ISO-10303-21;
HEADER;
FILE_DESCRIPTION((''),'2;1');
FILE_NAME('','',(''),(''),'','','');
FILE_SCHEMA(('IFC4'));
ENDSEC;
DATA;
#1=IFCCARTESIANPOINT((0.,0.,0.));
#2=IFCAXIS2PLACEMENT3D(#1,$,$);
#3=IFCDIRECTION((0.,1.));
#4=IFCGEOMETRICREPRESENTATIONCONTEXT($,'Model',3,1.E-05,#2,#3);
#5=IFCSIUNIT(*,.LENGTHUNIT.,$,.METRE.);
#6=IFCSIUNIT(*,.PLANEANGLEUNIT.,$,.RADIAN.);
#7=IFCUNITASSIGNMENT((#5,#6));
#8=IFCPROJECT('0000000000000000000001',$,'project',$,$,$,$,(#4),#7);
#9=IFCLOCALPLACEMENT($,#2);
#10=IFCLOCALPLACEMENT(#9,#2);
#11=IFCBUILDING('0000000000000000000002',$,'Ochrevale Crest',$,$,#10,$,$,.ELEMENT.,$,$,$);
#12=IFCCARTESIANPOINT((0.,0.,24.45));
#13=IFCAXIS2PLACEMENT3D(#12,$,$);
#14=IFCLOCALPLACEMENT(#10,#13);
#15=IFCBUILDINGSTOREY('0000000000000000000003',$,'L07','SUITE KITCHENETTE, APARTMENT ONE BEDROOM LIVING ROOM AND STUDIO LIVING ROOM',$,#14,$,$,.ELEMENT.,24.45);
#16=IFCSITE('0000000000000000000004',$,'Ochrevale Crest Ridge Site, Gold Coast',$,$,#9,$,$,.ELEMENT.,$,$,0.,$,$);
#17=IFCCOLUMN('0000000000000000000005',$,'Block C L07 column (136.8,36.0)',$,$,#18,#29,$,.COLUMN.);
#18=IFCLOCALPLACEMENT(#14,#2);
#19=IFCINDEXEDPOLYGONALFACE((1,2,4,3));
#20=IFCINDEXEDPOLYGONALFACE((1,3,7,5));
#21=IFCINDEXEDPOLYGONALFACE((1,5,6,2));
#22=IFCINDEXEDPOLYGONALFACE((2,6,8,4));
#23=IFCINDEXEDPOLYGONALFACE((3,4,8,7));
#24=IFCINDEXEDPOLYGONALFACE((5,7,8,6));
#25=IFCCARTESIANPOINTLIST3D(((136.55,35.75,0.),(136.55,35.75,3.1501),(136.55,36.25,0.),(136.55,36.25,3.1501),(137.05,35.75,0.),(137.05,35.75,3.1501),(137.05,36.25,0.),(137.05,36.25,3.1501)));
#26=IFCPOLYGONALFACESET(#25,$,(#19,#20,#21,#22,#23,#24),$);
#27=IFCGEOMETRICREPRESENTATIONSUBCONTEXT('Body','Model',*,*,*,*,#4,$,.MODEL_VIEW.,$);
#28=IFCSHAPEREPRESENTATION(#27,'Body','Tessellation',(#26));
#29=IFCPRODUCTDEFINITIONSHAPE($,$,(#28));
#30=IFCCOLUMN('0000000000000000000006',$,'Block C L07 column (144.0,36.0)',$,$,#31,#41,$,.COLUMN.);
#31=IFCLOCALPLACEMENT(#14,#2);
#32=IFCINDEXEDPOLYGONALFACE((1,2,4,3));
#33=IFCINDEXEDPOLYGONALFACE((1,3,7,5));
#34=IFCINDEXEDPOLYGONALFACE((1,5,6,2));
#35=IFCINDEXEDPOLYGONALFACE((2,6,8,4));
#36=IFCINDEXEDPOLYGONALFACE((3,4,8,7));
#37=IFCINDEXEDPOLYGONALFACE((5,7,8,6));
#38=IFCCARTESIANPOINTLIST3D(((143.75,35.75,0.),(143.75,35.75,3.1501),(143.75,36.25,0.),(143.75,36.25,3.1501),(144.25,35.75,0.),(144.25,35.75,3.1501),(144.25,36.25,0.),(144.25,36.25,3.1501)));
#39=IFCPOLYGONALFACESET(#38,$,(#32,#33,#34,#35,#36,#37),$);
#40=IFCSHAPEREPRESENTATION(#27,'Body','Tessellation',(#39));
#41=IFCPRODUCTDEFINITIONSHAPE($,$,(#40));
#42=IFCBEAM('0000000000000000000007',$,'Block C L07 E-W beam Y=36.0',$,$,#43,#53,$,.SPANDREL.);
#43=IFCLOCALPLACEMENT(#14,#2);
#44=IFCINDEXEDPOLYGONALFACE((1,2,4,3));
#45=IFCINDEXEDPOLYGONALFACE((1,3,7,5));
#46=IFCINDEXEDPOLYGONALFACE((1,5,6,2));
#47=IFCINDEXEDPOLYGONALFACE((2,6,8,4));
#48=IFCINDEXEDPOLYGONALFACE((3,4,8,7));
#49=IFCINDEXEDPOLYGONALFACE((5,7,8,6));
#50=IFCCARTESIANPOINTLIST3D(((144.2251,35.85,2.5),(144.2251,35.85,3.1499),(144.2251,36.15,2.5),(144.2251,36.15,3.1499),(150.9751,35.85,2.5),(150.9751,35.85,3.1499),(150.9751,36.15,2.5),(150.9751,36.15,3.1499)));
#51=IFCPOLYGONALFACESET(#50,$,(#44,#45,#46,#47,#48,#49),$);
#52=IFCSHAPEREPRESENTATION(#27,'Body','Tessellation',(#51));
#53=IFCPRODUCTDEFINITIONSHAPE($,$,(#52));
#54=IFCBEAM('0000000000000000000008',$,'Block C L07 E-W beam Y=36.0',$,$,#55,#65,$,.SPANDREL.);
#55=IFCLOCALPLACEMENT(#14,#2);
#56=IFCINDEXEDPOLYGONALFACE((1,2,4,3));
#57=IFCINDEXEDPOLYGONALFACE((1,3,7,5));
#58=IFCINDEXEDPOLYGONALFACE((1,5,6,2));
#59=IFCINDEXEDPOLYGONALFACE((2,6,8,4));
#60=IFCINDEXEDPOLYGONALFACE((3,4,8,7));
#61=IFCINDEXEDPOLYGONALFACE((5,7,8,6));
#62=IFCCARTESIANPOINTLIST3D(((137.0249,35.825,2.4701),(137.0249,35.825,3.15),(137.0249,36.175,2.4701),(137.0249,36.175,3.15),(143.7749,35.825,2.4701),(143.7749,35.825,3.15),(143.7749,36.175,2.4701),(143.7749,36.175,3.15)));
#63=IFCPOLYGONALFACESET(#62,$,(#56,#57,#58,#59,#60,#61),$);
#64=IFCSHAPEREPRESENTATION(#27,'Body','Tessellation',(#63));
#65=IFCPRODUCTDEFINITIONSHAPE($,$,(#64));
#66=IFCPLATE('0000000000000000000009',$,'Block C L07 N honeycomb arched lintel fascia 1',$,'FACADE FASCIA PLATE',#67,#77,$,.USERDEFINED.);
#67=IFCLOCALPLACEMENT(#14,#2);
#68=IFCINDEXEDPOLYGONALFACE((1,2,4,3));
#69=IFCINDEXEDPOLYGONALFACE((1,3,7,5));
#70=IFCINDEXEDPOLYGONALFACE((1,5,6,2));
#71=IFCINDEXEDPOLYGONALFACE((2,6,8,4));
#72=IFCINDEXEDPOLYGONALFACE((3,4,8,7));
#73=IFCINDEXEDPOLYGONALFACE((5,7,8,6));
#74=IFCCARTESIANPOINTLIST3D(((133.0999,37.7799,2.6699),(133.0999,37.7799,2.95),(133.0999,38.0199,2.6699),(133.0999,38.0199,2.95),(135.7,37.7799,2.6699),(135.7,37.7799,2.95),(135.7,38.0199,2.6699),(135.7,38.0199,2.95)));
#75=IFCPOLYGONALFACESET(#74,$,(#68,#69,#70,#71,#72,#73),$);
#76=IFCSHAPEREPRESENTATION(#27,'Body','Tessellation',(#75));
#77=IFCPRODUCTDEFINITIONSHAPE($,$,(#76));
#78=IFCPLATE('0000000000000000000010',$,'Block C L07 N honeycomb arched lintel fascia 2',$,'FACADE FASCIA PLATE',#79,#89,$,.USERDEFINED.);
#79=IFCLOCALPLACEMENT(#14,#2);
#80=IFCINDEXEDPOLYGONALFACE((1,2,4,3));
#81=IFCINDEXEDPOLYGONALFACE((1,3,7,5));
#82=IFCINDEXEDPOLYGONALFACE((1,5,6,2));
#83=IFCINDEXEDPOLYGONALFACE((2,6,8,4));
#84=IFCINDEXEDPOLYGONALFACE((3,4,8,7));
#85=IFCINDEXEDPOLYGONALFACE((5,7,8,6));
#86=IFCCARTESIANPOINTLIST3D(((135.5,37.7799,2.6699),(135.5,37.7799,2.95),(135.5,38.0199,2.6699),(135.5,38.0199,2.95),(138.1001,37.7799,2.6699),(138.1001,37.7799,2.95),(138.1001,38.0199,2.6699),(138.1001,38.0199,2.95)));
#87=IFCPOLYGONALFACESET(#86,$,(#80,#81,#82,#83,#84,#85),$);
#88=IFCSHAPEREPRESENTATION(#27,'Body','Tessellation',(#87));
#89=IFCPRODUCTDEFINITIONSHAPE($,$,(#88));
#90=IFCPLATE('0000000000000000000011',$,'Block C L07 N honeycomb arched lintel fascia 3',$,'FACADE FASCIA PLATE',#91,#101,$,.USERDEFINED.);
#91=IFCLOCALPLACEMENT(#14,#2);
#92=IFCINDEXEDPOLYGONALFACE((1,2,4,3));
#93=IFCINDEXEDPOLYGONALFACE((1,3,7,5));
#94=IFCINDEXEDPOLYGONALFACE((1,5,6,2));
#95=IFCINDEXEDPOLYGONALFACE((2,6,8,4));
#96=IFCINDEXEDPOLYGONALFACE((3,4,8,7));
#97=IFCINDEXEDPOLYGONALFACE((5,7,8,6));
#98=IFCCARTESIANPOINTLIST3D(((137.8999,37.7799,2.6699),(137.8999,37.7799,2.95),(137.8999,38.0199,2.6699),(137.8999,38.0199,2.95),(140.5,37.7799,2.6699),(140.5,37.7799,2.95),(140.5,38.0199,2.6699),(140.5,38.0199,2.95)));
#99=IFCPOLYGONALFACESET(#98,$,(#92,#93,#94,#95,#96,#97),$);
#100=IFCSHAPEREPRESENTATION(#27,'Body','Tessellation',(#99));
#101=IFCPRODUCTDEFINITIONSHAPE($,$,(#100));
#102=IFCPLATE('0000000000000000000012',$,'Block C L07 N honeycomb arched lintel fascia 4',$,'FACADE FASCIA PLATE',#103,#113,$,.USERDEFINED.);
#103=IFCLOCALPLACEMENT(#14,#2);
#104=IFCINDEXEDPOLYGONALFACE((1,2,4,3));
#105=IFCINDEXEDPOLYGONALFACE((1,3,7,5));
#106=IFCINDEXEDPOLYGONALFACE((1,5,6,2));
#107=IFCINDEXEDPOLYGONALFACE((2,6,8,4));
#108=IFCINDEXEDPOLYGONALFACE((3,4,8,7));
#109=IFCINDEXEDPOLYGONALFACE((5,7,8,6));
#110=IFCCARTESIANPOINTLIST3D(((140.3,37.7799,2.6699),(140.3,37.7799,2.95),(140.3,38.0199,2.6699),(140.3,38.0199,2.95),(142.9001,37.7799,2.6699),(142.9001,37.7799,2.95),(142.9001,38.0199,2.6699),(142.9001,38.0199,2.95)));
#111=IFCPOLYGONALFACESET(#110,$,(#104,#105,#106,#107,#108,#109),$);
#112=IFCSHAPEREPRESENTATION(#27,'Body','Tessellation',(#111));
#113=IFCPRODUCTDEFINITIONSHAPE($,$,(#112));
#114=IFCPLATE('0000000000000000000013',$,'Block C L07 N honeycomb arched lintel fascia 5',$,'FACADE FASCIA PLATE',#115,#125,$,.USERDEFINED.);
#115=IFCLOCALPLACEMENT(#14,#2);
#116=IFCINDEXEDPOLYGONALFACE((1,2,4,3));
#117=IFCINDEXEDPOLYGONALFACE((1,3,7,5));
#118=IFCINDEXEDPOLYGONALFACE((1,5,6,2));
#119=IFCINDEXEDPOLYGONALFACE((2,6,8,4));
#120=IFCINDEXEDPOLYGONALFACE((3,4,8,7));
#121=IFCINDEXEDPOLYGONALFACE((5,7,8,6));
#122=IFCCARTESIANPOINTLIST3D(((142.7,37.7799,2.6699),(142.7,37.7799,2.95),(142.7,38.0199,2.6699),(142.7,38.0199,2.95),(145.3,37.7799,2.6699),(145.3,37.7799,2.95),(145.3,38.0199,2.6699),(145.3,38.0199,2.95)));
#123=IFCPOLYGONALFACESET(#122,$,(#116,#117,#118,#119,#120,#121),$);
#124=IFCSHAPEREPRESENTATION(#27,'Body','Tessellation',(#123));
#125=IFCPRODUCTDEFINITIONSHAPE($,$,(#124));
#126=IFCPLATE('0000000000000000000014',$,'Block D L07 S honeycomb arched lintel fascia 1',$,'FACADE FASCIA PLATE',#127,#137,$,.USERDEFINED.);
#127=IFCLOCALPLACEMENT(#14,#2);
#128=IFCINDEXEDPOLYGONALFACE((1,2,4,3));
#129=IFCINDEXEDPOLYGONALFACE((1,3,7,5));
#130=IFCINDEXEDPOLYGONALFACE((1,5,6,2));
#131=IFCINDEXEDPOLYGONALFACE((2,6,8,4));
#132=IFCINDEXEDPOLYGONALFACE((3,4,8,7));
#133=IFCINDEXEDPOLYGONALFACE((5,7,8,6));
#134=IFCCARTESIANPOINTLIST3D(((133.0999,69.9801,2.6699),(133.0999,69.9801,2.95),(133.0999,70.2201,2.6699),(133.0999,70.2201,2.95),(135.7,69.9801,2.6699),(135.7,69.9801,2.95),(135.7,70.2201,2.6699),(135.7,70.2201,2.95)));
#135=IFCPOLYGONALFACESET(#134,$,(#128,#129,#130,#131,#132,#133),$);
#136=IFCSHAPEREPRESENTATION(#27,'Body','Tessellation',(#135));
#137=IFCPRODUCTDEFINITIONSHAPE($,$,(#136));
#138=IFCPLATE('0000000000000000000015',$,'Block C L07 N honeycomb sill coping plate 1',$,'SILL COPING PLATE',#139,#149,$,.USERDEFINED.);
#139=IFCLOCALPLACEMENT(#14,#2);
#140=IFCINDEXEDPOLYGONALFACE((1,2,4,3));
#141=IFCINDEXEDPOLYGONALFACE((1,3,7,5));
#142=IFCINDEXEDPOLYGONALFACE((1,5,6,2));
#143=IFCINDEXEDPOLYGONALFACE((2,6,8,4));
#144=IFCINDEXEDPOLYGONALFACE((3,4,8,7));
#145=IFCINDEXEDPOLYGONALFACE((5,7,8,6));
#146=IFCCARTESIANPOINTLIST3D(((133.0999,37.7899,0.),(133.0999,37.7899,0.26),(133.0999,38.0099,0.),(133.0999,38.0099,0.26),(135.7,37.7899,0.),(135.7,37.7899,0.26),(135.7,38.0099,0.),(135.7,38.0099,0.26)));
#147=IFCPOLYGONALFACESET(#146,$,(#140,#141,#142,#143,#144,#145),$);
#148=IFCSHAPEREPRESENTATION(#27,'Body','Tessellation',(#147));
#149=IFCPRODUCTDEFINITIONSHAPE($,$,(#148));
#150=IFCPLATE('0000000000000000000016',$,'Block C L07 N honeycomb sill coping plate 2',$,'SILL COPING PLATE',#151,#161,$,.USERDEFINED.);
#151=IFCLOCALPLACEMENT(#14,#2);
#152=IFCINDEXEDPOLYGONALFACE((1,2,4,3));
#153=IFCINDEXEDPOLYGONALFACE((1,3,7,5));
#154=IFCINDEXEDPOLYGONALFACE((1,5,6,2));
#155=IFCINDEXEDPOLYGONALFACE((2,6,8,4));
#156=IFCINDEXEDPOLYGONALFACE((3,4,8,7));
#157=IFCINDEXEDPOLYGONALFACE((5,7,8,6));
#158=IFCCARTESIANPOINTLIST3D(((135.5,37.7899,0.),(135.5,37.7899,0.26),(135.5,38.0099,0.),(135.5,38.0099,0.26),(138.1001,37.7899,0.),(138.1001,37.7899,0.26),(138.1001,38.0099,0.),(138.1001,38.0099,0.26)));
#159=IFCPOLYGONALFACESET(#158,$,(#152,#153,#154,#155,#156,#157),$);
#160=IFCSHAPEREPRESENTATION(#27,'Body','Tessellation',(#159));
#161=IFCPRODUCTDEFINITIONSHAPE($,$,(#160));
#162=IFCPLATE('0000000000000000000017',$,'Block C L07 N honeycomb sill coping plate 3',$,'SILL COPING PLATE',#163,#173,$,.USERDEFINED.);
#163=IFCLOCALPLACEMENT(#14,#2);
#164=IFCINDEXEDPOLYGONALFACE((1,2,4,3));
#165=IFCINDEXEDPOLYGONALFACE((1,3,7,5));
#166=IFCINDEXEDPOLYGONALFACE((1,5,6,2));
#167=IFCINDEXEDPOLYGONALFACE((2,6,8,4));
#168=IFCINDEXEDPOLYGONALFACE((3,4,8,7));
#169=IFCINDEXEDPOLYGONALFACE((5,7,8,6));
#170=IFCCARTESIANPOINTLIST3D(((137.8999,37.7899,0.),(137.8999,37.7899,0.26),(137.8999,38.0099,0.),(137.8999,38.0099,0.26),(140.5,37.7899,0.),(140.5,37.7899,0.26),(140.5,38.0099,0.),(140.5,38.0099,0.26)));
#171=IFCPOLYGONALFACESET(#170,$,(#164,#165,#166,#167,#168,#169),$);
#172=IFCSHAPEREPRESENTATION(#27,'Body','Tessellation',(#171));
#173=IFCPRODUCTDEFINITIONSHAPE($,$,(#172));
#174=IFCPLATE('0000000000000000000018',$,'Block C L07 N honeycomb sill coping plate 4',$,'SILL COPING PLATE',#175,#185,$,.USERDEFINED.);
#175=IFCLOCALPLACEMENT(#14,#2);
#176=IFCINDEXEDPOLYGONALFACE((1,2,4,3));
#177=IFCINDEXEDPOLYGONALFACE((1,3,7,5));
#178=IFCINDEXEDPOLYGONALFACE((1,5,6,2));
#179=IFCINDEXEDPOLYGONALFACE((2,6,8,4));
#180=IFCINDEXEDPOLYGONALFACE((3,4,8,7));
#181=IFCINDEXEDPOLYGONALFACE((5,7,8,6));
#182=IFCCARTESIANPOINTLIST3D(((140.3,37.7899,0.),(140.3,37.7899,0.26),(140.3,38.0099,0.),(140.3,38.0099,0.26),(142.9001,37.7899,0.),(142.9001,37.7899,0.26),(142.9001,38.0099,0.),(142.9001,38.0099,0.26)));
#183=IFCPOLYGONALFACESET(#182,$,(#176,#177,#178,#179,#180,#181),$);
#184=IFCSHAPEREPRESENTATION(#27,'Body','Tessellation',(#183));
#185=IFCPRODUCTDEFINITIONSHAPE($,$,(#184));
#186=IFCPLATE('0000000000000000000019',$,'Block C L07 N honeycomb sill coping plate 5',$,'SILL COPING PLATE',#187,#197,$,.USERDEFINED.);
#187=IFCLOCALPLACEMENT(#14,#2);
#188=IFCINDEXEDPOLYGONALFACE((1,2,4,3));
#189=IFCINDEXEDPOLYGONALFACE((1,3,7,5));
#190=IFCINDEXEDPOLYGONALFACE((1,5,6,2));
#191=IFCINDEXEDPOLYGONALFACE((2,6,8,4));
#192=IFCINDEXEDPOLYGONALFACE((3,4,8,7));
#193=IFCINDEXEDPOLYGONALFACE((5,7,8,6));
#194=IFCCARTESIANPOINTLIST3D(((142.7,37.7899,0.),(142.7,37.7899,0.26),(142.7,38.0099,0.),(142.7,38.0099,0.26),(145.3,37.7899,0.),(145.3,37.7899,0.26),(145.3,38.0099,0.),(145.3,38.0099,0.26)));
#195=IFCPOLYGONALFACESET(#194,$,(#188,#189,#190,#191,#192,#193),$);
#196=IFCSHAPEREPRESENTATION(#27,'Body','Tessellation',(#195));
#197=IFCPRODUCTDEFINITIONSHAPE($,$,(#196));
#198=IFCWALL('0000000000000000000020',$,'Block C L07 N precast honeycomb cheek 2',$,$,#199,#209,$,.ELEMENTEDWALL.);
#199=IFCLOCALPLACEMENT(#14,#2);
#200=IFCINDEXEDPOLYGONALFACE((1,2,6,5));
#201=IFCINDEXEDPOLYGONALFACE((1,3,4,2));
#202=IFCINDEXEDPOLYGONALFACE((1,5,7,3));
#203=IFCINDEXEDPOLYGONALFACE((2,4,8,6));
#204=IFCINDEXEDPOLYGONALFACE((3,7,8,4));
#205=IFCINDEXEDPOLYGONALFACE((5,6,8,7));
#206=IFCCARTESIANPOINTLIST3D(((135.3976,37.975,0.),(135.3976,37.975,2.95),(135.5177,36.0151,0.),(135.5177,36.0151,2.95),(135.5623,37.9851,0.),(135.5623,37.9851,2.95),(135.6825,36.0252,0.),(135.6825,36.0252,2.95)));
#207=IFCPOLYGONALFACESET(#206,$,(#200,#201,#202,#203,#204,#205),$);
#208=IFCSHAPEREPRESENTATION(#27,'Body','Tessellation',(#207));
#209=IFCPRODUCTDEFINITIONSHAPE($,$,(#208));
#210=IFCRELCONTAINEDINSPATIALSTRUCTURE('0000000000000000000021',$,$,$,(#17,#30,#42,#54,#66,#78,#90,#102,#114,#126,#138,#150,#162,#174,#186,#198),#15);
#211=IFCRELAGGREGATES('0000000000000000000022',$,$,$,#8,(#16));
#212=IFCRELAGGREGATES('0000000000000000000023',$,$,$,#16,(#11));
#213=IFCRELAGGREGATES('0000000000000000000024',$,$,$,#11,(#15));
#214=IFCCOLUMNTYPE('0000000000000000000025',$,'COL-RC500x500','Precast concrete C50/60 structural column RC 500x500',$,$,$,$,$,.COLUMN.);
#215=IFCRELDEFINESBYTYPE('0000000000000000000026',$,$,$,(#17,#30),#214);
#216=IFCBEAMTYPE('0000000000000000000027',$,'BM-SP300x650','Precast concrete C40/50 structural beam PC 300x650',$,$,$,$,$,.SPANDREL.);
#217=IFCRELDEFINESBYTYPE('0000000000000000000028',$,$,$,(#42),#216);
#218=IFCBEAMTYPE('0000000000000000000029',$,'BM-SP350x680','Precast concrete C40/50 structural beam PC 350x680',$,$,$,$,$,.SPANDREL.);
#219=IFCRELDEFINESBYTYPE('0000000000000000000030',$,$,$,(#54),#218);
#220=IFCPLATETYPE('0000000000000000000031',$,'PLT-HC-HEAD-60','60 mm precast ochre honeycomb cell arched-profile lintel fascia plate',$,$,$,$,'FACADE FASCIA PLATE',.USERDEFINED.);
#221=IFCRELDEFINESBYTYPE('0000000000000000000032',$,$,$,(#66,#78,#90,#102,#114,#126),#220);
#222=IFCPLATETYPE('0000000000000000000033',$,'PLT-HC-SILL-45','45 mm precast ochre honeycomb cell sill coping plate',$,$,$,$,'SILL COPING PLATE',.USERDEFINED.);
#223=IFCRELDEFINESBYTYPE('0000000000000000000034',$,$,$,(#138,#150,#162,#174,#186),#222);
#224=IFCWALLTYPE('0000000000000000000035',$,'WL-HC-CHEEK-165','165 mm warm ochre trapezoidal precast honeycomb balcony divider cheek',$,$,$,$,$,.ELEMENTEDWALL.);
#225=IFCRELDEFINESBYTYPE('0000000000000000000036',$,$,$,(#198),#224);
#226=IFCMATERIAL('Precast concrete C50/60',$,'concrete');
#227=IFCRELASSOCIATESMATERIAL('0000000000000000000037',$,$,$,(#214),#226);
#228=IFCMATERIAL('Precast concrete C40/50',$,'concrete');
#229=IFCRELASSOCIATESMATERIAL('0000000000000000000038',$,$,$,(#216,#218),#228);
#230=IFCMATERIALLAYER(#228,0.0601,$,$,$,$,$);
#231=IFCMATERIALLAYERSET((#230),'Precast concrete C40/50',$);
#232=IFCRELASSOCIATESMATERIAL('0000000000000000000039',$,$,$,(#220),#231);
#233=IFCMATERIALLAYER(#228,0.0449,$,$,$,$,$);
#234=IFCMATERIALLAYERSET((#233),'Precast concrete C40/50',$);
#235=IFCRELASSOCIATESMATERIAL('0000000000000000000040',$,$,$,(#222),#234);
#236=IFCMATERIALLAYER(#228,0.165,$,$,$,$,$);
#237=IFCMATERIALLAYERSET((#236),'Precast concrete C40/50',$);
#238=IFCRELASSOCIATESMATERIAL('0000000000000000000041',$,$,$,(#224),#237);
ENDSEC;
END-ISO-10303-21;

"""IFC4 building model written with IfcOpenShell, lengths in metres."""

from ifc_helpers import new_model, si_unit, direction, frame, frame_2d, origin, origin_2d, place, context, subcontext, project, spatial, rectangle, extrude, material, layer, layer_set, material_profile, profile_set, type_object, element, save


model = new_model("IFC4")

# Units and contexts
model_context = context("Model", 3, precision=1e-05, world=origin(), true_north=direction((0.0, 1.0)))
body_context = subcontext(model_context, "Body", "Model", "MODEL_VIEW")
ifc_project = project(units=[si_unit("LENGTHUNIT", "METRE"), si_unit("PLANEANGLEUNIT", "RADIAN")], contexts=[model_context])

# Site, building, storey
site_placement = place(None, origin())
site = spatial("IfcSite", under=ifc_project, at=site_placement, Name="Ochrevale Crest Ridge Site, Gold Coast", CompositionType="ELEMENT", RefElevation=0.0)
building_placement = place(site_placement, origin())
building = spatial("IfcBuilding", under=site, at=building_placement, Name="Ochrevale Crest", CompositionType="ELEMENT")
storey_placement = place(building_placement, frame((0.0, 0.0, 24.45)))
storey = spatial("IfcBuildingStorey", under=building, at=storey_placement, Name="L07", Description="SUITE KITCHENETTE, APARTMENT ONE BEDROOM LIVING ROOM AND STUDIO LIVING ROOM", CompositionType="ELEMENT", Elevation=24.45)

# Columns
ifc_material_1 = material(Name="Precast concrete C50/60", Category="concrete")
ifc_material_profile_1 = material_profile(ifc_material_1, rectangle(XDim=0.5, YDim=0.5, at=origin_2d()), Name="RC 500x500")
ifc_profile_set_1 = profile_set([ifc_material_profile_1], Name="Precast concrete C50/60")
column_type = type_object("IfcColumnType", Name="COL-RC500x500", Description="Precast concrete C50/60 structural column RC 500x500", PredefinedType="COLUMN", material=ifc_profile_set_1)
for number, where, z_axis, x_axis, name in (
    (1, (136.8, 36.0, 0.0), (0.0, 0.0, 1.0), (1.0, 0.0, 0.0), "Block C L07 column (136.8,36.0)"),
    (2, (144.0, 36.0, 0.0), (0.0, 0.0, 1.0), (1.0, 0.0, 0.0), "Block C L07 column (144.0,36.0)"),
):
    element("IfcColumn", number, at=place(storey_placement, frame(where, z_axis=z_axis, x_axis=x_axis)), inside=storey, type_object=column_type, Name=name, PredefinedType="COLUMN", context=body_context, shape_type="SweptSolid", body=[
        extrude(rectangle(XDim=0.5, YDim=0.5, at=origin_2d()), origin(), (0.0, 0.0, 1.0), 3.1501),
    ])

# Beams
ifc_material_2 = material(Name="Precast concrete C40/50", Category="concrete")
ifc_material_profile_2 = material_profile(ifc_material_2, rectangle(XDim=0.3, YDim=0.6499, at=origin_2d()), Name="PC 300x650")
ifc_profile_set_2 = profile_set([ifc_material_profile_2], Name="Precast concrete C40/50")
beam_type_1 = type_object("IfcBeamType", Name="BM-SP300x650", Description="Precast concrete C40/50 structural beam PC 300x650", PredefinedType="SPANDREL", material=ifc_profile_set_2)
beam_1_placement = place(storey_placement, frame((144.2251, 36.0, 2.825), z_axis=(1.0, 0.0, 0.0), x_axis=(0.0, 1.0, 0.0)))
element("IfcBeam", 3, at=beam_1_placement, inside=storey, type_object=beam_type_1, Name="Block C L07 E-W beam Y=36.0", PredefinedType="SPANDREL", context=body_context, shape_type="SweptSolid", body=[
    extrude(rectangle(XDim=0.3, YDim=0.6499, at=origin_2d()), origin(), (0.0, 0.0, 1.0), 6.75),
])
ifc_material_profile_3 = material_profile(ifc_material_2, rectangle(XDim=0.3501, YDim=0.6799, at=origin_2d()), Name="PC 350x680")
ifc_profile_set_3 = profile_set([ifc_material_profile_3], Name="Precast concrete C40/50")
beam_type_2 = type_object("IfcBeamType", Name="BM-SP350x680", Description="Precast concrete C40/50 structural beam PC 350x680", PredefinedType="SPANDREL", material=ifc_profile_set_3)
beam_2_placement = place(storey_placement, frame((137.0249, 36.0, 2.8101), z_axis=(1.0, 0.0, 0.0), x_axis=(0.0, 1.0, 0.0)))
element("IfcBeam", 4, at=beam_2_placement, inside=storey, type_object=beam_type_2, Name="Block C L07 E-W beam Y=36.0", PredefinedType="SPANDREL", context=body_context, shape_type="SweptSolid", body=[
    extrude(rectangle(XDim=0.3501, YDim=0.6799, at=origin_2d()), origin(), (0.0, 0.0, 1.0), 6.75),
])

# Plates
ifc_layer_1 = layer(ifc_material_2, 0.0601)
ifc_layer_set_1 = layer_set([ifc_layer_1], Name="Precast concrete C40/50")
plate_type_1 = type_object("IfcPlateType", Name="PLT-HC-HEAD-60", Description="60 mm precast ochre honeycomb cell arched-profile lintel fascia plate", ElementType="FACADE FASCIA PLATE", PredefinedType="USERDEFINED", material=ifc_layer_set_1)
for number, where, z_axis, x_axis, name in (
    (5, (134.3999, 37.8999, 2.6699), (0.0, 0.0, 1.0), (1.0, 0.0, 0.0), "Block C L07 N honeycomb arched lintel fascia 1"),
    (6, (136.8, 37.8999, 2.6699), (0.0, 0.0, 1.0), (1.0, 0.0, 0.0), "Block C L07 N honeycomb arched lintel fascia 2"),
    (7, (139.2, 37.8999, 2.6699), (0.0, 0.0, 1.0), (1.0, 0.0, 0.0), "Block C L07 N honeycomb arched lintel fascia 3"),
    (8, (141.6001, 37.8999, 2.6699), (0.0, 0.0, 1.0), (1.0, 0.0, 0.0), "Block C L07 N honeycomb arched lintel fascia 4"),
    (9, (144.0, 37.8999, 2.6699), (0.0, 0.0, 1.0), (1.0, 0.0, 0.0), "Block C L07 N honeycomb arched lintel fascia 5"),
    (10, (134.3999, 70.1001, 2.6699), (0.0, 0.0, 1.0), (1.0, 0.0, 0.0), "Block D L07 S honeycomb arched lintel fascia 1"),
):
    element("IfcPlate", number, at=place(storey_placement, frame(where, z_axis=z_axis, x_axis=x_axis)), inside=storey, type_object=plate_type_1, Name=name, ObjectType="FACADE FASCIA PLATE", PredefinedType="USERDEFINED", context=body_context, shape_type="SweptSolid", body=[
        extrude(rectangle(XDim=2.6001, YDim=0.24, at=origin_2d()), origin(), (0.0, 0.0, 1.0), 0.28),
    ])
ifc_layer_2 = layer(ifc_material_2, 0.0449)
ifc_layer_set_2 = layer_set([ifc_layer_2], Name="Precast concrete C40/50")
plate_type_2 = type_object("IfcPlateType", Name="PLT-HC-SILL-45", Description="45 mm precast ochre honeycomb cell sill coping plate", ElementType="SILL COPING PLATE", PredefinedType="USERDEFINED", material=ifc_layer_set_2)
for number, where, z_axis, x_axis, name in (
    (11, (134.3999, 37.8999, 0.0), (0.0, 0.0, 1.0), (1.0, 0.0, 0.0), "Block C L07 N honeycomb sill coping plate 1"),
    (12, (136.8, 37.8999, 0.0), (0.0, 0.0, 1.0), (1.0, 0.0, 0.0), "Block C L07 N honeycomb sill coping plate 2"),
    (13, (139.2, 37.8999, 0.0), (0.0, 0.0, 1.0), (1.0, 0.0, 0.0), "Block C L07 N honeycomb sill coping plate 3"),
    (14, (141.6001, 37.8999, 0.0), (0.0, 0.0, 1.0), (1.0, 0.0, 0.0), "Block C L07 N honeycomb sill coping plate 4"),
    (15, (144.0, 37.8999, 0.0), (0.0, 0.0, 1.0), (1.0, 0.0, 0.0), "Block C L07 N honeycomb sill coping plate 5"),
):
    element("IfcPlate", number, at=place(storey_placement, frame(where, z_axis=z_axis, x_axis=x_axis)), inside=storey, type_object=plate_type_2, Name=name, ObjectType="SILL COPING PLATE", PredefinedType="USERDEFINED", context=body_context, shape_type="SweptSolid", body=[
        extrude(rectangle(XDim=2.6001, YDim=0.22, at=origin_2d()), origin(), (0.0, 0.0, 1.0), 0.26),
    ])

# Wall
ifc_layer_3 = layer(ifc_material_2, 0.165)
ifc_layer_set_3 = layer_set([ifc_layer_3], Name="Precast concrete C40/50")
wall_type_1 = type_object("IfcWallType", Name="WL-HC-CHEEK-165", Description="165 mm warm ochre trapezoidal precast honeycomb balcony divider cheek", PredefinedType="ELEMENTEDWALL", material=ifc_layer_set_3)
wall_1_placement = place(storey_placement, frame((135.6001, 36.02, 0.0), z_axis=(0.0, 0.0, 1.0), x_axis=(-0.061171, 0.998127, 0.0)))
element("IfcWall", 16, at=wall_1_placement, inside=storey, type_object=wall_type_1, Name="Block C L07 N precast honeycomb cheek 2", PredefinedType="ELEMENTEDWALL", context=body_context, shape_type="SweptSolid", body=[
    extrude(rectangle(XDim=1.9636, YDim=0.165, at=frame_2d((0.9819, 0.0))), origin(), (0.0, 0.0, 1.0), 2.95),
])

save(model, "model.ifc")
